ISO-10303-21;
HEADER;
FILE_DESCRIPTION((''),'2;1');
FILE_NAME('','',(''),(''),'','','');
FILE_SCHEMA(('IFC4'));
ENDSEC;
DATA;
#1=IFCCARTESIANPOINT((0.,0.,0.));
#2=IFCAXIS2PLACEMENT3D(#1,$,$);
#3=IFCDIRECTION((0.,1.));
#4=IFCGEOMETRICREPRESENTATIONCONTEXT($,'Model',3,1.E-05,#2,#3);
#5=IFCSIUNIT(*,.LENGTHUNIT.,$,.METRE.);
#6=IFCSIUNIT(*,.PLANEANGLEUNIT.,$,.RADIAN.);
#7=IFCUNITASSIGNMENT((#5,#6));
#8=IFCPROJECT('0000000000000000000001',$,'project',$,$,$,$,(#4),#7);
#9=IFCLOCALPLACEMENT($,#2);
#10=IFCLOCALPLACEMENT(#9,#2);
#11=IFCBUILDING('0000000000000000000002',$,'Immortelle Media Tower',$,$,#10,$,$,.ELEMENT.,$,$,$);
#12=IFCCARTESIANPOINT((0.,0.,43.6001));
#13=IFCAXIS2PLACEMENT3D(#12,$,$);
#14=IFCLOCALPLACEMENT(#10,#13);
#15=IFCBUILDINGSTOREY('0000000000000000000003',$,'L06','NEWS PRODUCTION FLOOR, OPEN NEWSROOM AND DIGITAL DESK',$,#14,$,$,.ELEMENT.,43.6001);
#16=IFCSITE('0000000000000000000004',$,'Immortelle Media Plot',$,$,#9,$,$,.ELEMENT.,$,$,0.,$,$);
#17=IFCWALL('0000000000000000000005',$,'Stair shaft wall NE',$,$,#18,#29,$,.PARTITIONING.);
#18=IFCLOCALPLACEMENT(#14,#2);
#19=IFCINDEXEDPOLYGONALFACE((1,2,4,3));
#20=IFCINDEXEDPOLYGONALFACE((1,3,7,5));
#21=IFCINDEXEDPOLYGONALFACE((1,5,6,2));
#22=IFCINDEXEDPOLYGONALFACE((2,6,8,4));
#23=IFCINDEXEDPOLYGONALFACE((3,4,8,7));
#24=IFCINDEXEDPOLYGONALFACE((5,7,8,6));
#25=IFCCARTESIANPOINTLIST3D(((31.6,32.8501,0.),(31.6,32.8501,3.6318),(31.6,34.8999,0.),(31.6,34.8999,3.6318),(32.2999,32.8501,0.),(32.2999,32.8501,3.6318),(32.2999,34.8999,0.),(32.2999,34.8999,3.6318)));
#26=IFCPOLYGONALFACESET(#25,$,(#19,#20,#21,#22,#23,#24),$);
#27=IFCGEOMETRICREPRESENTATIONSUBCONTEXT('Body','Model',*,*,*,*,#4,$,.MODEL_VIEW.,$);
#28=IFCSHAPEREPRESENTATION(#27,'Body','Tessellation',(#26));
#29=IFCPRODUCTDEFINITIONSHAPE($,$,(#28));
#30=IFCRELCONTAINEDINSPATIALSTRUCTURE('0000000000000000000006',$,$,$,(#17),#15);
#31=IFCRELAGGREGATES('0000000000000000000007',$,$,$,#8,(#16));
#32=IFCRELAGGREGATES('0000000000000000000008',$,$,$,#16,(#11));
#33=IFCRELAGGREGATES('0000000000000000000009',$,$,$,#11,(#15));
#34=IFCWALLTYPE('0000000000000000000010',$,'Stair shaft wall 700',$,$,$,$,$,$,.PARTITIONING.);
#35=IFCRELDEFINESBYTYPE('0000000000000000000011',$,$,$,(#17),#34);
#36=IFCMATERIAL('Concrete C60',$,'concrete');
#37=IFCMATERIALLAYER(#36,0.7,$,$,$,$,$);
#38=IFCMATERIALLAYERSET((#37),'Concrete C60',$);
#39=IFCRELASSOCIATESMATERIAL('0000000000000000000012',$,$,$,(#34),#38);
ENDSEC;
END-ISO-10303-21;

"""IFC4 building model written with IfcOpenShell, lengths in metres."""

from ifc_helpers import new_model, si_unit, direction, frame, frame_2d, origin, place, context, subcontext, project, spatial, rectangle, extrude, material, layer, layer_set, type_object, element, save


model = new_model("IFC4")

# Units and contexts
model_context = context("Model", 3, precision=1e-05, world=origin(), true_north=direction((0.0, 1.0)))
body_context = subcontext(model_context, "Body", "Model", "MODEL_VIEW")
ifc_project = project(units=[si_unit("LENGTHUNIT", "METRE"), si_unit("PLANEANGLEUNIT", "RADIAN")], contexts=[model_context])

# Site, building, storey
site_placement = place(None, origin())
site = spatial("IfcSite", under=ifc_project, at=site_placement, Name="Immortelle Media Plot", CompositionType="ELEMENT", RefElevation=0.0)
building_placement = place(site_placement, origin())
building = spatial("IfcBuilding", under=site, at=building_placement, Name="Immortelle Media Tower", CompositionType="ELEMENT")
storey_placement = place(building_placement, frame((0.0, 0.0, 43.6001)))
storey = spatial("IfcBuildingStorey", under=building, at=storey_placement, Name="L06", Description="NEWS PRODUCTION FLOOR, OPEN NEWSROOM AND DIGITAL DESK", CompositionType="ELEMENT", Elevation=43.6001)

# Wall
ifc_material_1 = material(Name="Concrete C60", Category="concrete")
ifc_layer_1 = layer(ifc_material_1, 0.7)
ifc_layer_set_1 = layer_set([ifc_layer_1], Name="Concrete C60")
wall_type_1 = type_object("IfcWallType", Name="Stair shaft wall 700", PredefinedType="PARTITIONING", material=ifc_layer_set_1)
wall_1_placement = place(storey_placement, frame((31.95, 32.8501, 0.0), z_axis=(0.0, 0.0, 1.0), x_axis=(0.0, 1.0, 0.0)))
element("IfcWall", 1, at=wall_1_placement, inside=storey, type_object=wall_type_1, Name="Stair shaft wall NE", PredefinedType="PARTITIONING", context=body_context, shape_type="SweptSolid", body=[
    extrude(rectangle(XDim=2.0498, YDim=0.7, at=frame_2d((1.0249, 0.0))), origin(), (0.0, 0.0, 1.0), 3.6318),
])

save(model, "model.ifc")
